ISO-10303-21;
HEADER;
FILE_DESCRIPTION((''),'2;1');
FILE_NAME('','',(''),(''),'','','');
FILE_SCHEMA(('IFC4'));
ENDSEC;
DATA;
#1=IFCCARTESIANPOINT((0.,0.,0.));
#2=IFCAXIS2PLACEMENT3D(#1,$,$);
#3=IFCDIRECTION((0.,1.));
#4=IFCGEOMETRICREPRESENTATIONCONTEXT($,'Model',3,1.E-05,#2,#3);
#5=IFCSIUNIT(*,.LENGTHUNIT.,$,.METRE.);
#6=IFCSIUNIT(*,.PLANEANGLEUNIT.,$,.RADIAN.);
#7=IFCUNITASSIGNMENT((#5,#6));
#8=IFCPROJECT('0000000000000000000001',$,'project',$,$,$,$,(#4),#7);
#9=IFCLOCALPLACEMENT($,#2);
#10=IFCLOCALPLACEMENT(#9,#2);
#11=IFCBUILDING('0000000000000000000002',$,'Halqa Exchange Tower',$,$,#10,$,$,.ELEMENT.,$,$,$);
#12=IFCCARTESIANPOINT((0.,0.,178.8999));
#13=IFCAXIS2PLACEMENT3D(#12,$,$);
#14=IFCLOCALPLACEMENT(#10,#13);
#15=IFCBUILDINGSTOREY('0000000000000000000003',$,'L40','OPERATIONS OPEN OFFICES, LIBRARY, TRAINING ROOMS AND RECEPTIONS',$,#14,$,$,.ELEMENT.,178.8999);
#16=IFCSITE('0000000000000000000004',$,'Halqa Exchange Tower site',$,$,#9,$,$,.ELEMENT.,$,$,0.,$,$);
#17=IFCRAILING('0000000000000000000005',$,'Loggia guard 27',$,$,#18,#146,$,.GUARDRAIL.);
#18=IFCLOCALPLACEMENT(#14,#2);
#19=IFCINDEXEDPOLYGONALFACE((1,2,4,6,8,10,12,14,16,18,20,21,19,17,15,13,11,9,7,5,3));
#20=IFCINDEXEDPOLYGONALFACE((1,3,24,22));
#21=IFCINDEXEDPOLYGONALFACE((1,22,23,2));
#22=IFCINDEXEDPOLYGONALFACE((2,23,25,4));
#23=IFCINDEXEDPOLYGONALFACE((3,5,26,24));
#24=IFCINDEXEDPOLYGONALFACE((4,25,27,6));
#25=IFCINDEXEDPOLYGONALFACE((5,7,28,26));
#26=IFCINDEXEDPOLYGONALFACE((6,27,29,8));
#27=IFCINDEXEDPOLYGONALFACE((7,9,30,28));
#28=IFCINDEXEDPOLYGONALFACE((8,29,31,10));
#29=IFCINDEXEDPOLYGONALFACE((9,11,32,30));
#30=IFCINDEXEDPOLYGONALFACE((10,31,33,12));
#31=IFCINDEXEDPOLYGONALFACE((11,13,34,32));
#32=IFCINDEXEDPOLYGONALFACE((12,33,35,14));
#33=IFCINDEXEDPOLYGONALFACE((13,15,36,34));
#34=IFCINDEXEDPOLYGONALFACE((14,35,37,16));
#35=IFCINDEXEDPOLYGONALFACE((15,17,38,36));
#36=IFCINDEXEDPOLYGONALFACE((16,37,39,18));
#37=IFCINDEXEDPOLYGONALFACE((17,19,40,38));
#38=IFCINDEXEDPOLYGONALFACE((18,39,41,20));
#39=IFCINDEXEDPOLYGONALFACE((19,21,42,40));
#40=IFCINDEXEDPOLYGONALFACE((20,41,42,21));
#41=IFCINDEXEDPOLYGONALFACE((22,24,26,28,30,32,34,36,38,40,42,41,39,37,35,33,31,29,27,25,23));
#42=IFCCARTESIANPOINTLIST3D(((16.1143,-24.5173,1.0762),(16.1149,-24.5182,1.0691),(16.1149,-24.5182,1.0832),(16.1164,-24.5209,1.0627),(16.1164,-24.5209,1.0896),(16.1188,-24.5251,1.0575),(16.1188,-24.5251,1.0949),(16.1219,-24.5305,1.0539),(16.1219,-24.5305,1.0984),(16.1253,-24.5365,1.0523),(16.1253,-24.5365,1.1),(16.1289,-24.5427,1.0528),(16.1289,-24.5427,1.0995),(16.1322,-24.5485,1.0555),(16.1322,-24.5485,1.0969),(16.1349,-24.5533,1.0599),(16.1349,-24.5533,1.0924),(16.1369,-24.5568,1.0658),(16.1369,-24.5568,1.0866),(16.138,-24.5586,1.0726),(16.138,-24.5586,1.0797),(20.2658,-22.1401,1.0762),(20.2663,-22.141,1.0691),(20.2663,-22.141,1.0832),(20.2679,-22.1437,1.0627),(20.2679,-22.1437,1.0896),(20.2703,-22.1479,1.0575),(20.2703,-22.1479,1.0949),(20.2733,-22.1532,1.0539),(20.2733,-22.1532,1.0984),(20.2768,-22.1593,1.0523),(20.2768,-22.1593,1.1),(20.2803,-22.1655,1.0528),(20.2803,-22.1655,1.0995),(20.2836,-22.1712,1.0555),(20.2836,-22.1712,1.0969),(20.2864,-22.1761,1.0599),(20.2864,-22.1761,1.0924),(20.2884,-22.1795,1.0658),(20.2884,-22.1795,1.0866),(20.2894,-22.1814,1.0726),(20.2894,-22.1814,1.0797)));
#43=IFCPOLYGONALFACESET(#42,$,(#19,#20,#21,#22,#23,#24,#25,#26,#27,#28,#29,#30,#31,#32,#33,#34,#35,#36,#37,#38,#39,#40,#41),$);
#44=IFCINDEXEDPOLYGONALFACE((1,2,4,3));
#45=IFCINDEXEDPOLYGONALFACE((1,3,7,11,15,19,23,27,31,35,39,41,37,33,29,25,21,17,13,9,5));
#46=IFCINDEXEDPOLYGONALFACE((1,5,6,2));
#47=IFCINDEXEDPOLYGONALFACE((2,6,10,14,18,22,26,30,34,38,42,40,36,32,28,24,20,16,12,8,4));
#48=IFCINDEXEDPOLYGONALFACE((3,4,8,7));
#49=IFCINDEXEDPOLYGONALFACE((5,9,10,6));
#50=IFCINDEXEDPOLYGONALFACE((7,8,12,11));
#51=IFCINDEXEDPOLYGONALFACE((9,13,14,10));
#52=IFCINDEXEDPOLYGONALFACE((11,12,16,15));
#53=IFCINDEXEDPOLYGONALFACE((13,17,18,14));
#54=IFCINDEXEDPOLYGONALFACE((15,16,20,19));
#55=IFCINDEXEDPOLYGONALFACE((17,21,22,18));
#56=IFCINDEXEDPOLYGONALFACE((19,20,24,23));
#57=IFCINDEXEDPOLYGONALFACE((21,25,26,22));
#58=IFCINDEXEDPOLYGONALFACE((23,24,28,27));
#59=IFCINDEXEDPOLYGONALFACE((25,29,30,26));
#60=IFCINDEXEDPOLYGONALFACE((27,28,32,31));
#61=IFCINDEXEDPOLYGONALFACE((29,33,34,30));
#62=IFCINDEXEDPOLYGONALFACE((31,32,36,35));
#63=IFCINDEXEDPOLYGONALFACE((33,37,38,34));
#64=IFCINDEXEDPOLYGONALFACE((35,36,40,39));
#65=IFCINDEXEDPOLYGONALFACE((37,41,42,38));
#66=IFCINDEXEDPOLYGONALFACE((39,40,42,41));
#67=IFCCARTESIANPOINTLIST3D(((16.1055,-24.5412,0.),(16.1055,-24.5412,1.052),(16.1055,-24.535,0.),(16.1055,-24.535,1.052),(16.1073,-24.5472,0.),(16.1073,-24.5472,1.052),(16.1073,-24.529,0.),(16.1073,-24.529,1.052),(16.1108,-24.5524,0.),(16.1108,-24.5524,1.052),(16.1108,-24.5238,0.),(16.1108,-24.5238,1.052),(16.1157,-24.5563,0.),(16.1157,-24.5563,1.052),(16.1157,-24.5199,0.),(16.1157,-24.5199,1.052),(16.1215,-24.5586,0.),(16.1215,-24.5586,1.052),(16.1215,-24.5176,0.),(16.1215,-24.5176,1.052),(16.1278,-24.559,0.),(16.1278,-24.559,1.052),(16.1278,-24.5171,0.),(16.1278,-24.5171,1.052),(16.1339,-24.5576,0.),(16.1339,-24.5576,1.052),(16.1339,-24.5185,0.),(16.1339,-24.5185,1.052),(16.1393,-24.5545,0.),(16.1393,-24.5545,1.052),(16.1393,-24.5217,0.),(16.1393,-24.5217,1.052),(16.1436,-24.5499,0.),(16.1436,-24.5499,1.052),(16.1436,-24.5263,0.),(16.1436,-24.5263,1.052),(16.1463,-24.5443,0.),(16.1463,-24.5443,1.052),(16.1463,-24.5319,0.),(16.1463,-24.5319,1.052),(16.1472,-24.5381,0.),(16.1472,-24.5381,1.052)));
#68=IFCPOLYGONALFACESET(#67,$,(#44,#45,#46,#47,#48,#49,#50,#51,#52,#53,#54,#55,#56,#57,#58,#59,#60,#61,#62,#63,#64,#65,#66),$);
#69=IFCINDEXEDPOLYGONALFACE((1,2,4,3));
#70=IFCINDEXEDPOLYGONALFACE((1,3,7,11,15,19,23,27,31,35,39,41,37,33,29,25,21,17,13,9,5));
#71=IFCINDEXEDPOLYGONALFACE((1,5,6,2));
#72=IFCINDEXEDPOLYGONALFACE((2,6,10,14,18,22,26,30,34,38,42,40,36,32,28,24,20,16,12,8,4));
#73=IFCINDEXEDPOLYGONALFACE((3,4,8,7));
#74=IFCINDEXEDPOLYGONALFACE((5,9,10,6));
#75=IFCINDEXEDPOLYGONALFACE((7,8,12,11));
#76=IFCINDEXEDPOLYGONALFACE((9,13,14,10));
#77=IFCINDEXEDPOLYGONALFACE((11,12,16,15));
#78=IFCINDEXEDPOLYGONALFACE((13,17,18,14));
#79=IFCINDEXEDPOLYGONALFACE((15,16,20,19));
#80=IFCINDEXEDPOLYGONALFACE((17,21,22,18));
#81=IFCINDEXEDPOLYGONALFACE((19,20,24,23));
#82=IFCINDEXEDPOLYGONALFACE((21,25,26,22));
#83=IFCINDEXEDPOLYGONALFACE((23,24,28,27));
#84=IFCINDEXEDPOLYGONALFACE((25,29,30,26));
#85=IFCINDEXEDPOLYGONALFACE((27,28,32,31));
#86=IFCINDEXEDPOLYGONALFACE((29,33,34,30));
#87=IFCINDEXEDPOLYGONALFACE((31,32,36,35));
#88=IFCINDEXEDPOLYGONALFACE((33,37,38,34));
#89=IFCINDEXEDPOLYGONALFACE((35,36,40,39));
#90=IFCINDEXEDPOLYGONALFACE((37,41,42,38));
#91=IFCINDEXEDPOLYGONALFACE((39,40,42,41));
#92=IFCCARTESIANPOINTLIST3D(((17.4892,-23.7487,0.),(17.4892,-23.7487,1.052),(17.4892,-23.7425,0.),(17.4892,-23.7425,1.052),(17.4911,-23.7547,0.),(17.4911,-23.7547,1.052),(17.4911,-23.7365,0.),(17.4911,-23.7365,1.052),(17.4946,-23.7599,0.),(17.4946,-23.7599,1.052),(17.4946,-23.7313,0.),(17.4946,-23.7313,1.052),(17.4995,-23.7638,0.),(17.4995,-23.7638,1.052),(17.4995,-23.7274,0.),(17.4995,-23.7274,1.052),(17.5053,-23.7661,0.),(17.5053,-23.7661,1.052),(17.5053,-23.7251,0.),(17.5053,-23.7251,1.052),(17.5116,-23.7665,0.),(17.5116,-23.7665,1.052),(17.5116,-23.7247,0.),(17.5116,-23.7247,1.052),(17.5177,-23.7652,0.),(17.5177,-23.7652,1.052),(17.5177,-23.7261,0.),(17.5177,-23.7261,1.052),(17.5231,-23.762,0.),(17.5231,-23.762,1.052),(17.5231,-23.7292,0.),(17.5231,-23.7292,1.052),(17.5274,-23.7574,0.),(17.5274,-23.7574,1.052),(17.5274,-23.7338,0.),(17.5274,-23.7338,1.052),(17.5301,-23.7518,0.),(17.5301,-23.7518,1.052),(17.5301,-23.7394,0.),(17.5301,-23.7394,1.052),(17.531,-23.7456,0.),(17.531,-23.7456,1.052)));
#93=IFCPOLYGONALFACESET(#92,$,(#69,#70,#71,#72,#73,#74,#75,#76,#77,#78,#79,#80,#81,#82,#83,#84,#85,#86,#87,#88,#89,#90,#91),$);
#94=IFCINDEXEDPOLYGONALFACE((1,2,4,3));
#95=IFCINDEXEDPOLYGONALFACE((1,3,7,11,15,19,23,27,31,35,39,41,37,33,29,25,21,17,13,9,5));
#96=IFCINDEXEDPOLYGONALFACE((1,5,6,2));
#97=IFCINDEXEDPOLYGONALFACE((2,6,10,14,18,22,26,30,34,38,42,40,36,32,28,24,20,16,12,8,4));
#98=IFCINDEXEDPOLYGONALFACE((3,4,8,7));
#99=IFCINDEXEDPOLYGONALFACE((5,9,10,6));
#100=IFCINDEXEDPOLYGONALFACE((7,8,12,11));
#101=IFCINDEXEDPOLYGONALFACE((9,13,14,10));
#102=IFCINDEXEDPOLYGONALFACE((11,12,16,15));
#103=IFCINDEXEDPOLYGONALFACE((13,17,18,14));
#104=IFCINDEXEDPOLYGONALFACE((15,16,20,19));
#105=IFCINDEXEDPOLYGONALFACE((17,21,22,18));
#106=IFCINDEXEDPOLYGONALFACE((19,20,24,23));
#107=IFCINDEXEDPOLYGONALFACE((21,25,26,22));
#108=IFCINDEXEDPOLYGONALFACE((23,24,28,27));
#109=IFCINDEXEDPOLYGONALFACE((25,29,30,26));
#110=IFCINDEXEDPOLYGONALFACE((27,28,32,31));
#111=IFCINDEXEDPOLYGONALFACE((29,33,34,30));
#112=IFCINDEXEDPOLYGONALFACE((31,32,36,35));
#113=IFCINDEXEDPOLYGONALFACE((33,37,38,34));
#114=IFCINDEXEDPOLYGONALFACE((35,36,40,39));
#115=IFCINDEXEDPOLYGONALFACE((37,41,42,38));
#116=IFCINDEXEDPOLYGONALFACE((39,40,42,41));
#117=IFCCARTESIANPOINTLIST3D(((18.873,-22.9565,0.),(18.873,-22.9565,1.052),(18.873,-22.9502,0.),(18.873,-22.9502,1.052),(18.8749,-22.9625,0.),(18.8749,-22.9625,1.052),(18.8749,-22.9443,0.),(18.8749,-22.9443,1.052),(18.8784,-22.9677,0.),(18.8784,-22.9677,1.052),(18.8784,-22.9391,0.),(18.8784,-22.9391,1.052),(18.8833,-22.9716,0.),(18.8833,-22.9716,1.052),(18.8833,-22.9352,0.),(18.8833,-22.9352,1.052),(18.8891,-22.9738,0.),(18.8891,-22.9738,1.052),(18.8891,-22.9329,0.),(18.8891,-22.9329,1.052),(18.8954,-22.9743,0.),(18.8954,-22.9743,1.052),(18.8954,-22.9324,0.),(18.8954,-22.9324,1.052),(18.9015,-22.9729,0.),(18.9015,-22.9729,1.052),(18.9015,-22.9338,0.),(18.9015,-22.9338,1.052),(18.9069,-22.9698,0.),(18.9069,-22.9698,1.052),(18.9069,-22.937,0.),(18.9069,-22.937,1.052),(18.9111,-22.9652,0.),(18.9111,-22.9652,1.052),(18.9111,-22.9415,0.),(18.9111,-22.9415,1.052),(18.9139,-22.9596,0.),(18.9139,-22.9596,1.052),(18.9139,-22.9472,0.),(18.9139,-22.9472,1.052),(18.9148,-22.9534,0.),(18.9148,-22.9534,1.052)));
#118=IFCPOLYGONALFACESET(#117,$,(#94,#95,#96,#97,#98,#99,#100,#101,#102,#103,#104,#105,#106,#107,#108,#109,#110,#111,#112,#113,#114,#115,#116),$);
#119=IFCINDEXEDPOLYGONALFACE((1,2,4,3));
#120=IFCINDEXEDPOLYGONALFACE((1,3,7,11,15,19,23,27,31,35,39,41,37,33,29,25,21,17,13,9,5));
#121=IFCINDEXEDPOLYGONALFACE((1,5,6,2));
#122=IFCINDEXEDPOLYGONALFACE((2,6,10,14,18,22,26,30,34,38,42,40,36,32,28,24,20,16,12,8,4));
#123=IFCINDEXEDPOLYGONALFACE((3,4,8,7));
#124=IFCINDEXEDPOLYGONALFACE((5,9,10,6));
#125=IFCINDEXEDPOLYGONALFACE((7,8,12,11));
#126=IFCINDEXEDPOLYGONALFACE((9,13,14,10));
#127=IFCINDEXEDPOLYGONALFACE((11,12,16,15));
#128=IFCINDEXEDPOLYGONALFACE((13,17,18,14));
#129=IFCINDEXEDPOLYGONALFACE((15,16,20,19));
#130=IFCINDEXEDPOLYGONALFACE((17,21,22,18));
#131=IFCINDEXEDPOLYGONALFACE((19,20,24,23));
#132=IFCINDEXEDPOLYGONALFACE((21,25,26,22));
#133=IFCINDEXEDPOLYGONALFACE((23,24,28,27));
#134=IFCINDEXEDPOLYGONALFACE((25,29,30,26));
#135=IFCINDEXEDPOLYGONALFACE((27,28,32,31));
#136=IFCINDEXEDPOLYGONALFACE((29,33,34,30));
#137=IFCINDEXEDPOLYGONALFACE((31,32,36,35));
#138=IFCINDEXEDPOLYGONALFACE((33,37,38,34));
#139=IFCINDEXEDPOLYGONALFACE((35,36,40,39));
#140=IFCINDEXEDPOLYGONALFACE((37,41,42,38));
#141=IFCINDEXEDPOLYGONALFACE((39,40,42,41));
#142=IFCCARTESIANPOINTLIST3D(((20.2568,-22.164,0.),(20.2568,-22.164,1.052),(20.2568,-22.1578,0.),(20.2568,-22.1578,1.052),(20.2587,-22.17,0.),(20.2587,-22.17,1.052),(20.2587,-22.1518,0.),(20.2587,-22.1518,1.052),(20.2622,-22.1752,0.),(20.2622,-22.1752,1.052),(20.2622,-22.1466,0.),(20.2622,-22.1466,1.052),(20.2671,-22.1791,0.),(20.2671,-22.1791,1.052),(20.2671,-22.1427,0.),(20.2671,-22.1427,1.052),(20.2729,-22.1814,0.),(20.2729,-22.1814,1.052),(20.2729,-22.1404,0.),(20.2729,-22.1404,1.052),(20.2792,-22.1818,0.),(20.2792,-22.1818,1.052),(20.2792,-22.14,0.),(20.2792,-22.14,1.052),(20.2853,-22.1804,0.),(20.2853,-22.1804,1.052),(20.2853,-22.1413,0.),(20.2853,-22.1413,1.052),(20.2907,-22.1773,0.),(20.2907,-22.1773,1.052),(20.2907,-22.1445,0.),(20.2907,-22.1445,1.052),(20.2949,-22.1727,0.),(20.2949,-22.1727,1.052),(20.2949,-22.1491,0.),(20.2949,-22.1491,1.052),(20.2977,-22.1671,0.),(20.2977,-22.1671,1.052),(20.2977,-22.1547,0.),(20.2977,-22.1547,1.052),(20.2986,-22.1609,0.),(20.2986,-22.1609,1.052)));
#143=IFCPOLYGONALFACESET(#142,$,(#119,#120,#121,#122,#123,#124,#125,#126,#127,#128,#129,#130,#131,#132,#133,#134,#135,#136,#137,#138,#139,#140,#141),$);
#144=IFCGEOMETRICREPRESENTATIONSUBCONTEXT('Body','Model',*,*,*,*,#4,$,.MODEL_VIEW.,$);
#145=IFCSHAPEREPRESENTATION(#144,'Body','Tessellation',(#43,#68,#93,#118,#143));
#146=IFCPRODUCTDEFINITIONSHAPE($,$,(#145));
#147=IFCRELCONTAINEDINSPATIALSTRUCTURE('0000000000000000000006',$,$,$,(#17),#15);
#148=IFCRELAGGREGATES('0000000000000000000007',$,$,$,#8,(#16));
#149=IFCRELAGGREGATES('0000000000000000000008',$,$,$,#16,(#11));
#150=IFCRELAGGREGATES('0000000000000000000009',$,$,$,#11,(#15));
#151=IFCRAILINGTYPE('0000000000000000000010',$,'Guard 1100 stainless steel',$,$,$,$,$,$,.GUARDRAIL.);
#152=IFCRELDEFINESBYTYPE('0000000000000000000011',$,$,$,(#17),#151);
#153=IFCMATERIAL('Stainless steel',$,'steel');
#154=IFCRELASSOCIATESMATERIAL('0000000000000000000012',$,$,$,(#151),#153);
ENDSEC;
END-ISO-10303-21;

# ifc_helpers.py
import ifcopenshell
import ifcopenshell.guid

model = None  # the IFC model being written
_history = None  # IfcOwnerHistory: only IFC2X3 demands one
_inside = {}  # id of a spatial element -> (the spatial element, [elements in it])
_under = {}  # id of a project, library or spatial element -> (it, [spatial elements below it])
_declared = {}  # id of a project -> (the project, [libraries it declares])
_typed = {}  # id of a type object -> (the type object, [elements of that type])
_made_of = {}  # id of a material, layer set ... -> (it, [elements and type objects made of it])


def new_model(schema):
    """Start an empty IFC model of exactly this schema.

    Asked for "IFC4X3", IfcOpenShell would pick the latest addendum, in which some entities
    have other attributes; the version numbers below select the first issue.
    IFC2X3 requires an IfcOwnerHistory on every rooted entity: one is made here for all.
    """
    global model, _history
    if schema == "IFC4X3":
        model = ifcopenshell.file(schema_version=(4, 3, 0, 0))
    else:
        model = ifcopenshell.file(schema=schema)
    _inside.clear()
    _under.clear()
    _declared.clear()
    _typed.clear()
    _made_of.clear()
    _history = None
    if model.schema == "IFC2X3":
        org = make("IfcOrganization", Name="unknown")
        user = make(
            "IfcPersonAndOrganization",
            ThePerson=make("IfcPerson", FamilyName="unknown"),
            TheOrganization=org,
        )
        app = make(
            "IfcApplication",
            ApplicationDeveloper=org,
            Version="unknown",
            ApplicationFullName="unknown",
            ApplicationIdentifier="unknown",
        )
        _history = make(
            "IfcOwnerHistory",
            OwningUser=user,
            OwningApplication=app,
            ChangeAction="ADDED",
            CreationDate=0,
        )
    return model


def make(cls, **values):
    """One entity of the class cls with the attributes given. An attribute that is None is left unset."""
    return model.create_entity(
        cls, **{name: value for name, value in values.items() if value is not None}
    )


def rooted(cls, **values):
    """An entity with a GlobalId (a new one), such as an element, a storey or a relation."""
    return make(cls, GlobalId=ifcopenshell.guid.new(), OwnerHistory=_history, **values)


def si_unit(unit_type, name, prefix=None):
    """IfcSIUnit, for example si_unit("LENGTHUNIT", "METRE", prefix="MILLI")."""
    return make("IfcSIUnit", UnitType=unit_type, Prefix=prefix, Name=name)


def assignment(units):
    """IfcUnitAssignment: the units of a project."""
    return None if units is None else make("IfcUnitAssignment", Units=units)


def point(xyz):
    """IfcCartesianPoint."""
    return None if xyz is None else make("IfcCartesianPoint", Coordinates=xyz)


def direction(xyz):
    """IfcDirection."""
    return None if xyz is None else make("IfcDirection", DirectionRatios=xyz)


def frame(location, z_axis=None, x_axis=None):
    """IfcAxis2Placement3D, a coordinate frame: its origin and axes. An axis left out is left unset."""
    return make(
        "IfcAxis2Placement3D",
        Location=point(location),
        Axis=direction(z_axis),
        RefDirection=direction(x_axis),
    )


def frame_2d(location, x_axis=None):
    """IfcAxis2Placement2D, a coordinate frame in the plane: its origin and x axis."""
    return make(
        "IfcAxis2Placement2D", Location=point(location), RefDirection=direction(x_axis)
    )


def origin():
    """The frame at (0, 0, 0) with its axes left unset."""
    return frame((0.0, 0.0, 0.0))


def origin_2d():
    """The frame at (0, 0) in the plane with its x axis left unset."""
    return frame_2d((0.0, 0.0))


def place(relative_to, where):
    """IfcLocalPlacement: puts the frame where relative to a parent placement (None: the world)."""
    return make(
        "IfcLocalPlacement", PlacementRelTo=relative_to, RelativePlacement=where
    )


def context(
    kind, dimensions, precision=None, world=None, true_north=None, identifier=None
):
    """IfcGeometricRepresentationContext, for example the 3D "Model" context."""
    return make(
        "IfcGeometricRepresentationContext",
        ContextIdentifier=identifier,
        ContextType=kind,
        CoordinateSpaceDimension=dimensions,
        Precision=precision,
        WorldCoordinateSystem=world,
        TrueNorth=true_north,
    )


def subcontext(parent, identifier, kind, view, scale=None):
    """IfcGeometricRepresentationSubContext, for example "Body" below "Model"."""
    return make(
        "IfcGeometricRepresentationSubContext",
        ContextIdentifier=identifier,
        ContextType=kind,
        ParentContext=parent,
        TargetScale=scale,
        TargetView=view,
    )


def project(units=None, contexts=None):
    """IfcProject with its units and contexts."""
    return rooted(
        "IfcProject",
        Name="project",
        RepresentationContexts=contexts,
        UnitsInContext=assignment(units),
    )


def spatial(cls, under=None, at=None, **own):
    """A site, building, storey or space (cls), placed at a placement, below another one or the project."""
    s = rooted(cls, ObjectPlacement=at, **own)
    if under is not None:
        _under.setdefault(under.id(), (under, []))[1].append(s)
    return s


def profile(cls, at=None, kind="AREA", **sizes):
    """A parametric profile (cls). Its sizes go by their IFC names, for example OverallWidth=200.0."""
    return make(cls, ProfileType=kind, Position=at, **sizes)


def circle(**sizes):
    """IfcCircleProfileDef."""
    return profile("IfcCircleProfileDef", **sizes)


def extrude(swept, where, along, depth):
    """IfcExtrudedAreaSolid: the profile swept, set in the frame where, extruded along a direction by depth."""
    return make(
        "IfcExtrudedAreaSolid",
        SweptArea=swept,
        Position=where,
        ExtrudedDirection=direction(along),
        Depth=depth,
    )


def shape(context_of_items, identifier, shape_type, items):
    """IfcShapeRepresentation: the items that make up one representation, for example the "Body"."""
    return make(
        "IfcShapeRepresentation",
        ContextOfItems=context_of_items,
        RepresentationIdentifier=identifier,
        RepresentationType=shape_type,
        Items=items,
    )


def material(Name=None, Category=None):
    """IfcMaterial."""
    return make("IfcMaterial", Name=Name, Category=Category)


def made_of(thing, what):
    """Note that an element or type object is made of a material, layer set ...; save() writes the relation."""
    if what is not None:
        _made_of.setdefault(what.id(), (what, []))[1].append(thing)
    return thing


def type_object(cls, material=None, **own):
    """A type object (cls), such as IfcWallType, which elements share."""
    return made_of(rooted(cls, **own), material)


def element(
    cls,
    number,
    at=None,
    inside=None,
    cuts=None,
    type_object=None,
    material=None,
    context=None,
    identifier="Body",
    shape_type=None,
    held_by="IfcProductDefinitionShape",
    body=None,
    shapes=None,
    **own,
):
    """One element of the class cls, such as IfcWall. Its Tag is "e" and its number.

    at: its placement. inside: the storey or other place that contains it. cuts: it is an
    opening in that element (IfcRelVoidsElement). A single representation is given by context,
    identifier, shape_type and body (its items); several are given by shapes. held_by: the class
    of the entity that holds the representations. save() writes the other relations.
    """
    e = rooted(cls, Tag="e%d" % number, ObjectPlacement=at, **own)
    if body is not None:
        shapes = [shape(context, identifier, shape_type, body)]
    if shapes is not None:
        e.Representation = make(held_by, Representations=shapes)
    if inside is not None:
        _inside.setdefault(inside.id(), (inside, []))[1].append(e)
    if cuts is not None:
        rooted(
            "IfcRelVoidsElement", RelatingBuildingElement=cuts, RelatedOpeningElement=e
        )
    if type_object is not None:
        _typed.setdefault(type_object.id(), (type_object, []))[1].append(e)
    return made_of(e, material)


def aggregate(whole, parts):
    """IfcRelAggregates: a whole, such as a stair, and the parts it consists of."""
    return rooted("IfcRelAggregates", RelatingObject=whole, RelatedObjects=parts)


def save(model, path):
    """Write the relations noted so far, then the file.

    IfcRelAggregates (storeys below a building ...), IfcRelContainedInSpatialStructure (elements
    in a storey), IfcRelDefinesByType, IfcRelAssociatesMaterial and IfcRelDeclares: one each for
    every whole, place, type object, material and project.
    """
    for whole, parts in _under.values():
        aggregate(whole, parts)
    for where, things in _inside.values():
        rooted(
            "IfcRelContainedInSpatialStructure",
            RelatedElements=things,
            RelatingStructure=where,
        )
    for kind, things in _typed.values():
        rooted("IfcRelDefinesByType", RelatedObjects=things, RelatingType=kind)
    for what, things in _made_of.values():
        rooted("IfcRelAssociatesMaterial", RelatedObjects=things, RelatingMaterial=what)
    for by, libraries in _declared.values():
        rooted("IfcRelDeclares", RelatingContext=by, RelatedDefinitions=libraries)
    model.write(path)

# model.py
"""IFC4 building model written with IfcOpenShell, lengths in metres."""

from ifc_helpers import new_model, si_unit, direction, frame, origin, origin_2d, place, context, subcontext, project, spatial, circle, extrude, material, type_object, element, save


model = new_model("IFC4")

# Units and contexts
model_context = context("Model", 3, precision=1e-05, world=origin(), true_north=direction((0.0, 1.0)))
body_context = subcontext(model_context, "Body", "Model", "MODEL_VIEW")
ifc_project = project(units=[si_unit("LENGTHUNIT", "METRE"), si_unit("PLANEANGLEUNIT", "RADIAN")], contexts=[model_context])

# Site, building, storey
site_placement = place(None, origin())
site = spatial("IfcSite", under=ifc_project, at=site_placement, Name="Halqa Exchange Tower site", CompositionType="ELEMENT", RefElevation=0.0)
building_placement = place(site_placement, origin())
building = spatial("IfcBuilding", under=site, at=building_placement, Name="Halqa Exchange Tower", CompositionType="ELEMENT")
storey_placement = place(building_placement, frame((0.0, 0.0, 178.8999)))
storey = spatial("IfcBuildingStorey", under=building, at=storey_placement, Name="L40", Description="OPERATIONS OPEN OFFICES, LIBRARY, TRAINING ROOMS AND RECEPTIONS", CompositionType="ELEMENT", Elevation=178.8999)

# Railing
ifc_material_1 = material(Name="Stainless steel", Category="steel")
railing_type = type_object("IfcRailingType", Name="Guard 1100 stainless steel", PredefinedType="GUARDRAIL", material=ifc_material_1)
railing_1_placement = place(storey_placement, frame((16.1262, -24.5381, 0.0)))
element("IfcRailing", 1, at=railing_1_placement, inside=storey, type_object=railing_type, Name="Loggia guard 27", PredefinedType="GUARDRAIL", context=body_context, shape_type="SweptSolid", body=[
    extrude(circle(Radius=0.0239, at=origin_2d()), frame((0.0, 0.0, 1.0762), z_axis=(0.867794, 0.496925, 0.0), x_axis=(-0.496925, 0.867794, 0.0)), (0.0, 0.0, 1.0), 4.7839),
    extrude(circle(Radius=0.021, at=origin_2d()), origin(), (0.0, 0.0, 1.0), 1.052),
    extrude(circle(Radius=0.021, at=origin_2d()), frame((1.3838, 0.7925, 0.0)), (0.0, 0.0, 1.0), 1.052),
    extrude(circle(Radius=0.021, at=origin_2d()), frame((2.7676, 1.5847, 0.0)), (0.0, 0.0, 1.0), 1.052),
    extrude(circle(Radius=0.021, at=origin_2d()), frame((4.1514, 2.3772, 0.0)), (0.0, 0.0, 1.0), 1.052),
])

save(model, "model.ifc")
